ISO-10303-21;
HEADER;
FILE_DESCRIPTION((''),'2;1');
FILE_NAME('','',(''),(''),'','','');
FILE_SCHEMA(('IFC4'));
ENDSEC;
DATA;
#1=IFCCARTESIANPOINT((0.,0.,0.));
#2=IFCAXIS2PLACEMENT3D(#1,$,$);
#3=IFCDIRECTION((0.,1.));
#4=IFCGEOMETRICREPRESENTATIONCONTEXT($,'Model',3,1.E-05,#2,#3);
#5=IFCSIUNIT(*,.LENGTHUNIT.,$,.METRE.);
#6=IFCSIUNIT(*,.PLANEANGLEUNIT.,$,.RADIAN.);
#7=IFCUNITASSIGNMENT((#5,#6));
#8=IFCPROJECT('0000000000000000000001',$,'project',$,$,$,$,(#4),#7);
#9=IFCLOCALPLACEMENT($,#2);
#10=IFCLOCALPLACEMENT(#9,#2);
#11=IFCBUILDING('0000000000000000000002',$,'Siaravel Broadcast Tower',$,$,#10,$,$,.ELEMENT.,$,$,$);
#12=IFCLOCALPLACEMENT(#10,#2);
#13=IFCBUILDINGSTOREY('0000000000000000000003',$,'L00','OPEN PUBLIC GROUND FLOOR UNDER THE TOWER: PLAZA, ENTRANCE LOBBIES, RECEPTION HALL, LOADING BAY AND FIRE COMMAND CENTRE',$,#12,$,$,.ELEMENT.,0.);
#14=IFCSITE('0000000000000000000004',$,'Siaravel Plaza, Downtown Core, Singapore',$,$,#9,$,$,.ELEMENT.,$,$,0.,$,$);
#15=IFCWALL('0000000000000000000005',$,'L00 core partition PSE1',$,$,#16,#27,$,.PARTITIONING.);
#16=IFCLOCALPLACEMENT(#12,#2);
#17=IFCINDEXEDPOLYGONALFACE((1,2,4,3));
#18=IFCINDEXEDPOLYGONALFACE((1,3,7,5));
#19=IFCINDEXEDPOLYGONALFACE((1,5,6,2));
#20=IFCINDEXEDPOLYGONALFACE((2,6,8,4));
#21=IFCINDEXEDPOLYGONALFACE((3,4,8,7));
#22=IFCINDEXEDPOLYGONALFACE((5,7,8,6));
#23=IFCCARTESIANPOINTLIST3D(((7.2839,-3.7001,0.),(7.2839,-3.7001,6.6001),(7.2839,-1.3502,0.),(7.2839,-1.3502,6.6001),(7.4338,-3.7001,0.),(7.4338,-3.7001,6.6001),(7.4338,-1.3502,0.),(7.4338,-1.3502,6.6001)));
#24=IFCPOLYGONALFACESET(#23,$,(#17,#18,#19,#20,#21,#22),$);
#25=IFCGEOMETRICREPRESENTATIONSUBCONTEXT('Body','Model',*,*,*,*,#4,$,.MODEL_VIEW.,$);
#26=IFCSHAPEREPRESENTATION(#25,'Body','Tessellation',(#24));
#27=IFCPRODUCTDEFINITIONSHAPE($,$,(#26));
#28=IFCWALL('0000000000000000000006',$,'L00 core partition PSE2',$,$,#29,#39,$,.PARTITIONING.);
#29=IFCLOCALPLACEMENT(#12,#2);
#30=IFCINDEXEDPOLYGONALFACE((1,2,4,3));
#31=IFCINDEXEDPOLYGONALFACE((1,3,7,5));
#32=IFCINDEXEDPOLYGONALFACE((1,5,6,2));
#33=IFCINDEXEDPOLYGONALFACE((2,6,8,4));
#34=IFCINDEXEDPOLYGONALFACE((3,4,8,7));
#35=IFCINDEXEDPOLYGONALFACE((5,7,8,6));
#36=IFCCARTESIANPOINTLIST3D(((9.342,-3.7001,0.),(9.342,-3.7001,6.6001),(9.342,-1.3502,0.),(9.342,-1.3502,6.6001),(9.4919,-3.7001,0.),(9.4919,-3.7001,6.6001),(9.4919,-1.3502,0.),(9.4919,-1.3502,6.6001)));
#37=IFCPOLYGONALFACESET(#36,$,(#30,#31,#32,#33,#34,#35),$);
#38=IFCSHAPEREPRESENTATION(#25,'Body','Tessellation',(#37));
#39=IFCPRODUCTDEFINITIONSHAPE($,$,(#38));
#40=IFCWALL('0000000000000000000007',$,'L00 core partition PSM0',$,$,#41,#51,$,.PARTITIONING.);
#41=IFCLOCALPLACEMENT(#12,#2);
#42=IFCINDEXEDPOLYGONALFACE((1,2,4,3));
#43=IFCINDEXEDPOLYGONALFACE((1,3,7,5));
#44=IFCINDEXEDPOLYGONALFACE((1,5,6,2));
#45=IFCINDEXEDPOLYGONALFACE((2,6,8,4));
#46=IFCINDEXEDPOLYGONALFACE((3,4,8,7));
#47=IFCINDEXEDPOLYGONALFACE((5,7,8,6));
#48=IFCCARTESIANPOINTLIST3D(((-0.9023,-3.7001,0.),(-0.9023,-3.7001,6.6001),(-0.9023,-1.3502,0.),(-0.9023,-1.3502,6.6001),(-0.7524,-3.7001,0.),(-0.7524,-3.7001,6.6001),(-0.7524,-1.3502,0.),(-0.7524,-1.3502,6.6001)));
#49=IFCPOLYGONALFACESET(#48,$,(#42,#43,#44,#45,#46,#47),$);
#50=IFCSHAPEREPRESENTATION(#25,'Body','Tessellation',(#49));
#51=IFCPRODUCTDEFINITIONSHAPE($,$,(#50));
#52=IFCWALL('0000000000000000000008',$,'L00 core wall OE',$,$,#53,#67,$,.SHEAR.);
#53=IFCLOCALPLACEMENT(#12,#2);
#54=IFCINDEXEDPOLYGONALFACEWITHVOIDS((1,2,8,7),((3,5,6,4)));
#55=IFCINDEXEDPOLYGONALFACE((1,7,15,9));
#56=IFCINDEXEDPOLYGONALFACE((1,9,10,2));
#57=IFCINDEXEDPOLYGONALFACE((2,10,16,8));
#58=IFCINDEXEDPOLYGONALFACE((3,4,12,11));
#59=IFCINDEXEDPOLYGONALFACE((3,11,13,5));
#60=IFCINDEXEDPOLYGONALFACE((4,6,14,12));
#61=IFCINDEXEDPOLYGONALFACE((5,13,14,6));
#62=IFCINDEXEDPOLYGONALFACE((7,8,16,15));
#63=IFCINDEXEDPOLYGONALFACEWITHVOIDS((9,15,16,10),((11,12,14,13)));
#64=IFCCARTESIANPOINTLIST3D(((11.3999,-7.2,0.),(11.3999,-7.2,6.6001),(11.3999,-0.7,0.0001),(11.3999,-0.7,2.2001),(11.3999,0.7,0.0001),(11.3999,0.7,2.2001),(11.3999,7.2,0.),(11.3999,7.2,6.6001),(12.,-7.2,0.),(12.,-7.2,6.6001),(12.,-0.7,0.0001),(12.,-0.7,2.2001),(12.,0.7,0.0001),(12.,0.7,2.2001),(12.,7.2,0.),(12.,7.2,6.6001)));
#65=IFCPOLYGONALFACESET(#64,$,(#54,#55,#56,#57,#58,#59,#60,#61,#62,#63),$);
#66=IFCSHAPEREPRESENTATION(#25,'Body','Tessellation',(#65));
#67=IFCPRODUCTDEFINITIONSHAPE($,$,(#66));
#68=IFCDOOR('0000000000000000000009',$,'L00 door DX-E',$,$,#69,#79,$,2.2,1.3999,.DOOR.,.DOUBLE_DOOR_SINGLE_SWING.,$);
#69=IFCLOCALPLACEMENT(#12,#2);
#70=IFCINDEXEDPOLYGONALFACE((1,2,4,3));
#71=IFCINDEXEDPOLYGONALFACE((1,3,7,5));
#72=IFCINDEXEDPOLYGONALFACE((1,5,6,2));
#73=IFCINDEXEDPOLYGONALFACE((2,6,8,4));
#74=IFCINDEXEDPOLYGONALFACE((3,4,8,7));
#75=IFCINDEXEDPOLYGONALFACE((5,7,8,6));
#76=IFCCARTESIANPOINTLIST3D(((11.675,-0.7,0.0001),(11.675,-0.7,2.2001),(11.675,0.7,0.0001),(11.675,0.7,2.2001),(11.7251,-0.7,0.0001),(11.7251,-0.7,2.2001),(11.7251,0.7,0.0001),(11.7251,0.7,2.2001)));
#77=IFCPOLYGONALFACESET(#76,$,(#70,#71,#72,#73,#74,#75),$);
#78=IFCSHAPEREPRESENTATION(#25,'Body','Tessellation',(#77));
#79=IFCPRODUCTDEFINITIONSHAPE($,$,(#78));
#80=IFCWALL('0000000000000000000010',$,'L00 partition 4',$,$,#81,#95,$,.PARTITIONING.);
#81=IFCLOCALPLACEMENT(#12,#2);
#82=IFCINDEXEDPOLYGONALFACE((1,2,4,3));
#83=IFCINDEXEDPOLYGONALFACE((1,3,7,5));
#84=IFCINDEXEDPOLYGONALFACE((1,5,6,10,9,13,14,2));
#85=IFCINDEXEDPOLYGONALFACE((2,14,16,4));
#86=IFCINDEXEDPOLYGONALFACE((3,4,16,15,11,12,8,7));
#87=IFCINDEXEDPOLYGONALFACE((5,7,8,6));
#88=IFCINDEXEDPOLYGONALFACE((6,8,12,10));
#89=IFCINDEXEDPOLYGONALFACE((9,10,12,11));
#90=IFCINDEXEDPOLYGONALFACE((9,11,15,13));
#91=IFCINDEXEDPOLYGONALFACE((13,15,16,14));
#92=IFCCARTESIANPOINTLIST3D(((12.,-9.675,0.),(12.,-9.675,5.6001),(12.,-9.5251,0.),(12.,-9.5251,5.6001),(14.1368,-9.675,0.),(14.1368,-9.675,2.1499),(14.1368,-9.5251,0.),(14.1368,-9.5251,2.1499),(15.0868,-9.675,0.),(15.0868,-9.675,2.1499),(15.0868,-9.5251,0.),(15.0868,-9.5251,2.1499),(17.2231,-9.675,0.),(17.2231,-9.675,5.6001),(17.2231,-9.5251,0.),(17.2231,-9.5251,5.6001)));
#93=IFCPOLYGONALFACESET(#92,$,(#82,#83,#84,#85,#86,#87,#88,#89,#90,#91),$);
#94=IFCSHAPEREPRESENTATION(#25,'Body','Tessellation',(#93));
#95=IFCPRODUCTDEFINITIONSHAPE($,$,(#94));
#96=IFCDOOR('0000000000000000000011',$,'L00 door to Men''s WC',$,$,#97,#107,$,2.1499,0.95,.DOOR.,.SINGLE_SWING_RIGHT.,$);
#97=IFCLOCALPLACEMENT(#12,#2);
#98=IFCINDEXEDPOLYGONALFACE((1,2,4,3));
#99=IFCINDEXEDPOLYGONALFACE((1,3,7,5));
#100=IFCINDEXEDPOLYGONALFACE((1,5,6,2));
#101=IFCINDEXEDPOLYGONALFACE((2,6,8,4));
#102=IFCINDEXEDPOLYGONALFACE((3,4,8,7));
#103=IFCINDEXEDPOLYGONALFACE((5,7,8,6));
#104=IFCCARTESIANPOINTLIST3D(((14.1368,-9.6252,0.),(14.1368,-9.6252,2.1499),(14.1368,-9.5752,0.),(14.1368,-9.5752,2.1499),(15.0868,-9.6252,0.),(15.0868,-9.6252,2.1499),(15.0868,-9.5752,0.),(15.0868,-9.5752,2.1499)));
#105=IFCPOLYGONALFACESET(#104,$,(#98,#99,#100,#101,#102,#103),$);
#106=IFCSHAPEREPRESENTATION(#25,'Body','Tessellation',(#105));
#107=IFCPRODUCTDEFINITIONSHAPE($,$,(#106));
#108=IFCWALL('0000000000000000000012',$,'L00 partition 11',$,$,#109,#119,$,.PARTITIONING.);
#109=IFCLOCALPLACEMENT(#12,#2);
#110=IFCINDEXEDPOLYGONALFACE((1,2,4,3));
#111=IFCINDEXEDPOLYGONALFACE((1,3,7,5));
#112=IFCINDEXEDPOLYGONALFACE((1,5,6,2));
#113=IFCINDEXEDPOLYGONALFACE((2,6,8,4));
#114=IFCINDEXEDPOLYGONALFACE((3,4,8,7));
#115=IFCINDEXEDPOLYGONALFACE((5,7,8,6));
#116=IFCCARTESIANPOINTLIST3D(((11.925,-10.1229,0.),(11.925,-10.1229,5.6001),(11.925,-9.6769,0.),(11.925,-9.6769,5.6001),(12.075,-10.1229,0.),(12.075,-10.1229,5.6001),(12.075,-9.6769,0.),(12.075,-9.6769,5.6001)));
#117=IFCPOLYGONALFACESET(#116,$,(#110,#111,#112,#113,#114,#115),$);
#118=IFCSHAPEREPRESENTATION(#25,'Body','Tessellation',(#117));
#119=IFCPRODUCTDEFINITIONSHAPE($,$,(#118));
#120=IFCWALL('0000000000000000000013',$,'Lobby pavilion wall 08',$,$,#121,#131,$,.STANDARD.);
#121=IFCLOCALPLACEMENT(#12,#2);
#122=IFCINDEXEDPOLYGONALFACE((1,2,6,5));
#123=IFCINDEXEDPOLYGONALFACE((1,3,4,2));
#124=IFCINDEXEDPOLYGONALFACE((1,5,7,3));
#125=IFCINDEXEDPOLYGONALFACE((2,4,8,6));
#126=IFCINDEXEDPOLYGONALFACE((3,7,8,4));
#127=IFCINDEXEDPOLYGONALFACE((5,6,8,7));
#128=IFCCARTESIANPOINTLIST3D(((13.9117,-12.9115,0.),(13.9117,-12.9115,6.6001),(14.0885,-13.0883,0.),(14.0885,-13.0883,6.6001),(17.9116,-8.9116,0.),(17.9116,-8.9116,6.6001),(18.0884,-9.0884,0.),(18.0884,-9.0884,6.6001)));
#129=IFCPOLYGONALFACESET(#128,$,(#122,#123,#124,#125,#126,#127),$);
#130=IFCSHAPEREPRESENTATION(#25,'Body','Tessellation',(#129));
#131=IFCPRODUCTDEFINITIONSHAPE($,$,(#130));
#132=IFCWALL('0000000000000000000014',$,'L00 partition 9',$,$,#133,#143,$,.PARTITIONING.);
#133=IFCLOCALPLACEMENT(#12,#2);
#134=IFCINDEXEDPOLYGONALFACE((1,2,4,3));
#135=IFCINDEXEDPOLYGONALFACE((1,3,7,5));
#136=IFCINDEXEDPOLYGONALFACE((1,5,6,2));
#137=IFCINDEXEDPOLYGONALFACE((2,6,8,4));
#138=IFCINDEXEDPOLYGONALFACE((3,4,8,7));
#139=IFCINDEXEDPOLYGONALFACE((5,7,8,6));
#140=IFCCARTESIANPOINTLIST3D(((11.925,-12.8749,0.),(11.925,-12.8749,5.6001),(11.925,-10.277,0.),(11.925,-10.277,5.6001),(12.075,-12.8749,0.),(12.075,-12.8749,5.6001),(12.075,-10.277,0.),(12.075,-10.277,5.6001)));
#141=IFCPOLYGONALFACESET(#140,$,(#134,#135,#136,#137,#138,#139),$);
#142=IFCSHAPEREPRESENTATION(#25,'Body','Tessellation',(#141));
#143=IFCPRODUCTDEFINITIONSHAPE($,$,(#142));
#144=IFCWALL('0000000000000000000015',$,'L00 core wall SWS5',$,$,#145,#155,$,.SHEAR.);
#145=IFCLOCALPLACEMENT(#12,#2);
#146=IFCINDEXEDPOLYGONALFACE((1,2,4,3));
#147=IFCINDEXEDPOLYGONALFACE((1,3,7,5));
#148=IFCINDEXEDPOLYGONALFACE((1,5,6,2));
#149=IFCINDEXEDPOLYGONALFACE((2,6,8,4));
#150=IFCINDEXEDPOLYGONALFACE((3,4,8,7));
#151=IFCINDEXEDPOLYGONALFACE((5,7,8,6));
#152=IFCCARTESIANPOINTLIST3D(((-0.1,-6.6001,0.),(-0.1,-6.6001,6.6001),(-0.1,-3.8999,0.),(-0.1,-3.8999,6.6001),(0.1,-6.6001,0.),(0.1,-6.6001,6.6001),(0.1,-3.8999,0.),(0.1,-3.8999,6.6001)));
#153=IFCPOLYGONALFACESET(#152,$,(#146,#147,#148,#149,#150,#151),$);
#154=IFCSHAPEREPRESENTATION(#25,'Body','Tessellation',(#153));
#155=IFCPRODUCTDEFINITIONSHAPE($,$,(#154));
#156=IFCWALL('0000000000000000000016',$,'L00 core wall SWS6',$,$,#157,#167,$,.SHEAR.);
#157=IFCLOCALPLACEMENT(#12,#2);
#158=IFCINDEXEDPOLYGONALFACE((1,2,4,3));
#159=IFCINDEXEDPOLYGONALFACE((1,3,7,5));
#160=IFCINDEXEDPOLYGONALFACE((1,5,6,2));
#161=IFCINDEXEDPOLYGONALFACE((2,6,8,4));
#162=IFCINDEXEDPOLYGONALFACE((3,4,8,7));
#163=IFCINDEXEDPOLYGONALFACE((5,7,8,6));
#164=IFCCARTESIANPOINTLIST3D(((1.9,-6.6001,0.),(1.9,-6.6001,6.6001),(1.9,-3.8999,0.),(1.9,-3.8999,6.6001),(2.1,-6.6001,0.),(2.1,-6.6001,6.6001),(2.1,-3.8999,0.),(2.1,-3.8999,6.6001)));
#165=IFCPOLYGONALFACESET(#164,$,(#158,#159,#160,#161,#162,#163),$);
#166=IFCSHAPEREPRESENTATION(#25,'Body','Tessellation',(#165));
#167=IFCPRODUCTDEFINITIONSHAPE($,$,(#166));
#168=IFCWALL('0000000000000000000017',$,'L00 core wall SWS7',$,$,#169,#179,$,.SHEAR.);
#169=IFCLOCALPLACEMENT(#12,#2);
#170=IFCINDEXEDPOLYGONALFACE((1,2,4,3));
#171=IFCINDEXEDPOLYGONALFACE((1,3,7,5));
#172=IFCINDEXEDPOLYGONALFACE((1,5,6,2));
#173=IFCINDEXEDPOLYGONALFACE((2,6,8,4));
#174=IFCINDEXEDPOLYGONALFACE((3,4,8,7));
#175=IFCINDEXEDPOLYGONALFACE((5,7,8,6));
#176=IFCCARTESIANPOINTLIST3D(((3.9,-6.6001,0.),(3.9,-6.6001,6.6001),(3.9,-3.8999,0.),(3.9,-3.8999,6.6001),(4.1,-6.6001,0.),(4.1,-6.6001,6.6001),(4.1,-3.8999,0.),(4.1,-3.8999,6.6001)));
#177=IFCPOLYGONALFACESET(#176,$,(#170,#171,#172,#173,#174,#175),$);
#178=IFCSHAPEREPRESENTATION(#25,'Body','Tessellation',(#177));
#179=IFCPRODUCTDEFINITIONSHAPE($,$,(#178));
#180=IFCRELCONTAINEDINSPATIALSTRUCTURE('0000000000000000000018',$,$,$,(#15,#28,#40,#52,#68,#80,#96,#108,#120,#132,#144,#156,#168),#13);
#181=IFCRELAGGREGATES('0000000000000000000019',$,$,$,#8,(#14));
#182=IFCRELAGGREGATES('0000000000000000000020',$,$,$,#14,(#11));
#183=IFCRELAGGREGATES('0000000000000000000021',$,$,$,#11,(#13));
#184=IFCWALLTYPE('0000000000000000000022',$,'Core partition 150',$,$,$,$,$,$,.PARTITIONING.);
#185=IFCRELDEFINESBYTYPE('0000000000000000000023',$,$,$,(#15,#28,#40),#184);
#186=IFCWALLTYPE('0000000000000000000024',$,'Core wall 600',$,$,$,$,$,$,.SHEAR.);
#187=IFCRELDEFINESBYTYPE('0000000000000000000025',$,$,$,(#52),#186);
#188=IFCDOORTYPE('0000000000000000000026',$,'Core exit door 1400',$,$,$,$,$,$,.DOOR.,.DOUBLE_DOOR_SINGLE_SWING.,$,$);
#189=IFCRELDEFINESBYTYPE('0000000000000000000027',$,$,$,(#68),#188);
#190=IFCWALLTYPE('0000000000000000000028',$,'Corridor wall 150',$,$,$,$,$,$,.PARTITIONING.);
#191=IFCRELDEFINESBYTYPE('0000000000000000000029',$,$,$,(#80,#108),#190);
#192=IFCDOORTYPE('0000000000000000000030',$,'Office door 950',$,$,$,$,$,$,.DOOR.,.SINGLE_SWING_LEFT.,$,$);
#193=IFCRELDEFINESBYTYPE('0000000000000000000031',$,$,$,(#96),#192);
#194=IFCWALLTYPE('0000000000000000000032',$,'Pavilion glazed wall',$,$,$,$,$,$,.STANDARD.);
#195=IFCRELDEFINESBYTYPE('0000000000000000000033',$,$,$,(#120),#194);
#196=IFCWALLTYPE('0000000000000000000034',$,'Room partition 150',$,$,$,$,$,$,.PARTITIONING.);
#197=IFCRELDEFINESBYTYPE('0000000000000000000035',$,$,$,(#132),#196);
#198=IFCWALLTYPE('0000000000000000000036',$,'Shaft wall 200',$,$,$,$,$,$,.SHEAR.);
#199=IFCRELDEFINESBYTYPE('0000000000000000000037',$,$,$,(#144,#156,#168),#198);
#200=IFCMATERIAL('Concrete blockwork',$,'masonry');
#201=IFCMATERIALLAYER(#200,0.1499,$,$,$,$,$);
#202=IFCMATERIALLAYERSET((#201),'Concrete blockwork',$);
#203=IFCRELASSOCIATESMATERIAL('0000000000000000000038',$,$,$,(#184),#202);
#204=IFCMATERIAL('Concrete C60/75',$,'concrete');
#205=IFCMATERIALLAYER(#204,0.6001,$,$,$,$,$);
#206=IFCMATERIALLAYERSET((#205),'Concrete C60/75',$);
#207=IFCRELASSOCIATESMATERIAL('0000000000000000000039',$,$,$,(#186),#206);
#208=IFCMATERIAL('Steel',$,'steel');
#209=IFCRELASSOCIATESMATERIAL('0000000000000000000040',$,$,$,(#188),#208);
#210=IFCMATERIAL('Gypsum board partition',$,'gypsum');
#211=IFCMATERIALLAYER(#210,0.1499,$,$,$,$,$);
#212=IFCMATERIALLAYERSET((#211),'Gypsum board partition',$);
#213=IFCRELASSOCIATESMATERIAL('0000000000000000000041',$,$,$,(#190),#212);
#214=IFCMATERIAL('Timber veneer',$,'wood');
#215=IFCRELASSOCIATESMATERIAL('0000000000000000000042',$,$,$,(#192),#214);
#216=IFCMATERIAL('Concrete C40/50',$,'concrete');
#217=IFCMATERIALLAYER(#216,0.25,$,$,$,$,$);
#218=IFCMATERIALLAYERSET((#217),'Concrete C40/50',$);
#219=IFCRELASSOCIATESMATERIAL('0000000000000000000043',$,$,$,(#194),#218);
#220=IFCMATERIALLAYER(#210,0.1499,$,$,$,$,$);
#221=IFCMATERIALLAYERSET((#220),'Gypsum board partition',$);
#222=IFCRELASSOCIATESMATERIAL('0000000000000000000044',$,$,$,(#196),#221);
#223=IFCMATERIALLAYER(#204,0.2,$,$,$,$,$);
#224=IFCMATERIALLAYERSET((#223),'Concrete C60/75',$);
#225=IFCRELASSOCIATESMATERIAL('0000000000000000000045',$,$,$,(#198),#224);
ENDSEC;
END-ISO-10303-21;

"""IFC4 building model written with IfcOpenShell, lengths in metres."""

from ifc_helpers import new_model, si_unit, direction, frame, frame_2d, origin, place, context, subcontext, project, spatial, rectangle, extrude, material, layer, layer_set, type_object, element, fill, save


model = new_model("IFC4")

# Units and contexts
model_context = context("Model", 3, precision=1e-05, world=origin(), true_north=direction((0.0, 1.0)))
body_context = subcontext(model_context, "Body", "Model", "MODEL_VIEW")
ifc_project = project(units=[si_unit("LENGTHUNIT", "METRE"), si_unit("PLANEANGLEUNIT", "RADIAN")], contexts=[model_context])

# Site, building, storey
site_placement = place(None, origin())
site = spatial("IfcSite", under=ifc_project, at=site_placement, Name="Siaravel Plaza, Downtown Core, Singapore", CompositionType="ELEMENT", RefElevation=0.0)
building_placement = place(site_placement, origin())
building = spatial("IfcBuilding", under=site, at=building_placement, Name="Siaravel Broadcast Tower", CompositionType="ELEMENT")
storey_placement = place(building_placement, origin())
storey = spatial("IfcBuildingStorey", under=building, at=storey_placement, Name="L00", Description="OPEN PUBLIC GROUND FLOOR UNDER THE TOWER: PLAZA, ENTRANCE LOBBIES, RECEPTION HALL, LOADING BAY AND FIRE COMMAND CENTRE", CompositionType="ELEMENT", Elevation=0.0)

# Walls
ifc_material_1 = material(Name="Concrete blockwork", Category="masonry")
ifc_layer_1 = layer(ifc_material_1, 0.1499)
ifc_layer_set_1 = layer_set([ifc_layer_1], Name="Concrete blockwork")
wall_type_1 = type_object("IfcWallType", Name="Core partition 150", PredefinedType="PARTITIONING", material=ifc_layer_set_1)
for number, where, z_axis, x_axis, name in (
    (1, (7.3589, -3.7, 0.0), (0.0, 0.0, 1.0), (0.0, 1.0, 0.0), "L00 core partition PSE1"),
    (2, (9.417, -3.7, 0.0), (0.0, 0.0, 1.0), (0.0, 1.0, 0.0), "L00 core partition PSE2"),
    (3, (-0.8274, -3.7, 0.0), (0.0, 0.0, 1.0), (0.0, 1.0, 0.0), "L00 core partition PSM0"),
):
    element("IfcWall", number, at=place(storey_placement, frame(where, z_axis=z_axis, x_axis=x_axis)), inside=storey, type_object=wall_type_1, Name=name, PredefinedType="PARTITIONING", context=body_context, shape_type="SweptSolid", body=[
        extrude(rectangle(XDim=2.3499, YDim=0.1499, at=frame_2d((1.1748, 0.0))), origin(), (0.0, 0.0, 1.0), 6.6001),
    ])

# Walls, openings, doors
ifc_material_2 = material(Name="Concrete C60/75", Category="concrete")
ifc_layer_2 = layer(ifc_material_2, 0.6001)
ifc_layer_set_2 = layer_set([ifc_layer_2], Name="Concrete C60/75")
wall_type_2 = type_object("IfcWallType", Name="Core wall 600", PredefinedType="SHEAR", material=ifc_layer_set_2)
wall_1_placement = place(storey_placement, frame((11.7, -7.2, 0.0), z_axis=(0.0, 0.0, 1.0), x_axis=(0.0, 1.0, 0.0)))
wall_1 = element("IfcWall", 4, at=wall_1_placement, inside=storey, type_object=wall_type_2, Name="L00 core wall OE", PredefinedType="SHEAR", context=body_context, shape_type="SweptSolid", body=[
    extrude(rectangle(XDim=14.3999, YDim=0.6001, at=frame_2d((7.2, 0.0))), origin(), (0.0, 0.0, 1.0), 6.6001),
])
opening_1_placement = place(wall_1_placement, frame((6.5, 0.0, 0.0)))
opening_1 = element("IfcOpeningElement", 5, at=opening_1_placement, cuts=wall_1, PredefinedType="OPENING", context=body_context, shape_type="SweptSolid", body=[
    extrude(rectangle(XDim=1.3999, YDim=2.2, at=frame_2d((0.7, 1.1001))), frame((0.0, 0.3101, 0.0), z_axis=(0.0, -1.0, 0.0), x_axis=(1.0, 0.0, 0.0)), (0.0, 0.0, 1.0), 0.6201),
])
ifc_material_3 = material(Name="Steel", Category="steel")
door_type_1 = type_object("IfcDoorType", Name="Core exit door 1400", OperationType="DOUBLE_DOOR_SINGLE_SWING", PredefinedType="DOOR", material=ifc_material_3)
door_1_placement = place(opening_1_placement, origin())
door_1 = element("IfcDoor", 6, at=door_1_placement, inside=storey, type_object=door_type_1, Name="L00 door DX-E", OperationType="DOUBLE_DOOR_SINGLE_SWING", OverallHeight=2.2, OverallWidth=1.3999, PredefinedType="DOOR", context=body_context, shape_type="SweptSolid", body=[
    extrude(rectangle(XDim=1.3999, YDim=2.2, at=frame_2d((0.7, 1.1001))), frame((0.0, 0.0249, 0.0), z_axis=(0.0, -1.0, 0.0), x_axis=(1.0, 0.0, 0.0)), (0.0, 0.0, 1.0), 0.05),
])
fill(opening_1, door_1)
ifc_material_4 = material(Name="Gypsum board partition", Category="gypsum")
ifc_layer_3 = layer(ifc_material_4, 0.1499)
ifc_layer_set_3 = layer_set([ifc_layer_3], Name="Gypsum board partition")
wall_type_3 = type_object("IfcWallType", Name="Corridor wall 150", PredefinedType="PARTITIONING", material=ifc_layer_set_3)
wall_2_placement = place(storey_placement, frame((12.0, -9.6001, 0.0), z_axis=(0.0, 0.0, 1.0), x_axis=(1.0, 0.0, 0.0)))
wall_2 = element("IfcWall", 7, at=wall_2_placement, inside=storey, type_object=wall_type_3, Name="L00 partition 4", PredefinedType="PARTITIONING", context=body_context, shape_type="SweptSolid", body=[
    extrude(rectangle(XDim=5.2231, YDim=0.1499, at=frame_2d((2.6116, 0.0))), origin(), (0.0, 0.0, 1.0), 5.6001),
])
opening_2_placement = place(wall_2_placement, frame((2.1367, 0.0, 0.0)))
opening_2 = element("IfcOpeningElement", 8, at=opening_2_placement, cuts=wall_2, PredefinedType="OPENING", context=body_context, shape_type="SweptSolid", body=[
    extrude(rectangle(XDim=0.95, YDim=2.1499, at=frame_2d((0.4751, 1.075))), frame((0.0, 0.085, 0.0), z_axis=(0.0, -1.0, 0.0), x_axis=(1.0, 0.0, 0.0)), (0.0, 0.0, 1.0), 0.1699),
])
ifc_material_5 = material(Name="Timber veneer", Category="wood")
door_type_2 = type_object("IfcDoorType", Name="Office door 950", OperationType="SINGLE_SWING_LEFT", PredefinedType="DOOR", material=ifc_material_5)
door_2_placement = place(opening_2_placement, origin())
door_2 = element("IfcDoor", 9, at=door_2_placement, inside=storey, type_object=door_type_2, Name="L00 door to Men's WC", OperationType="SINGLE_SWING_RIGHT", OverallHeight=2.1499, OverallWidth=0.95, PredefinedType="DOOR", context=body_context, shape_type="SweptSolid", body=[
    extrude(rectangle(XDim=0.95, YDim=2.1499, at=frame_2d((0.4751, 1.075))), frame((0.0, 0.0249, 0.0), z_axis=(0.0, -1.0, 0.0), x_axis=(1.0, 0.0, 0.0)), (0.0, 0.0, 1.0), 0.05),
])
fill(opening_2, door_2)

# Walls
wall_3_placement = place(storey_placement, frame((12.0, -10.123, 0.0), z_axis=(0.0, 0.0, 1.0), x_axis=(0.0, 1.0, 0.0)))
element("IfcWall", 10, at=wall_3_placement, inside=storey, type_object=wall_type_3, Name="L00 partition 11", PredefinedType="PARTITIONING", context=body_context, shape_type="SweptSolid", body=[
    extrude(rectangle(XDim=0.446, YDim=0.1499, at=frame_2d((0.2231, 0.0))), origin(), (0.0, 0.0, 1.0), 5.6001),
])
ifc_material_6 = material(Name="Concrete C40/50", Category="concrete")
ifc_layer_4 = layer(ifc_material_6, 0.25)
ifc_layer_set_4 = layer_set([ifc_layer_4], Name="Concrete C40/50")
wall_type_4 = type_object("IfcWallType", Name="Pavilion glazed wall", PredefinedType="STANDARD", material=ifc_layer_set_4)
wall_4_placement = place(storey_placement, frame((18.0, -9.0, 0.0), z_axis=(0.0, 0.0, 1.0), x_axis=(-0.707107, -0.707107, 0.0)))
element("IfcWall", 11, at=wall_4_placement, inside=storey, type_object=wall_type_4, Name="Lobby pavilion wall 08", PredefinedType="STANDARD", context=body_context, shape_type="SweptSolid", body=[
    extrude(rectangle(XDim=5.6567, YDim=0.25, at=frame_2d((2.8284, 0.0))), origin(), (0.0, 0.0, 1.0), 6.6001),
])
ifc_layer_5 = layer(ifc_material_4, 0.1499)
ifc_layer_set_5 = layer_set([ifc_layer_5], Name="Gypsum board partition")
wall_type_5 = type_object("IfcWallType", Name="Room partition 150", PredefinedType="PARTITIONING", material=ifc_layer_set_5)
wall_5_placement = place(storey_placement, frame((12.0, -10.2771, 0.0), z_axis=(0.0, 0.0, 1.0), x_axis=(0.0, -1.0, 0.0)))
element("IfcWall", 12, at=wall_5_placement, inside=storey, type_object=wall_type_5, Name="L00 partition 9", PredefinedType="PARTITIONING", context=body_context, shape_type="SweptSolid", body=[
    extrude(rectangle(XDim=2.5979, YDim=0.1499, at=frame_2d((1.2988, 0.0))), origin(), (0.0, 0.0, 1.0), 5.6001),
])
ifc_layer_6 = layer(ifc_material_2, 0.2)
ifc_layer_set_6 = layer_set([ifc_layer_6], Name="Concrete C60/75")
wall_type_6 = type_object("IfcWallType", Name="Shaft wall 200", PredefinedType="SHEAR", material=ifc_layer_set_6)
for number, where, z_axis, x_axis, name in (
    (13, (0.0, -6.6001, 0.0), (0.0, 0.0, 1.0), (0.0, 1.0, 0.0), "L00 core wall SWS5"),
    (14, (2.0, -6.6001, 0.0), (0.0, 0.0, 1.0), (0.0, 1.0, 0.0), "L00 core wall SWS6"),
    (15, (4.0, -6.6001, 0.0), (0.0, 0.0, 1.0), (0.0, 1.0, 0.0), "L00 core wall SWS7"),
):
    element("IfcWall", number, at=place(storey_placement, frame(where, z_axis=z_axis, x_axis=x_axis)), inside=storey, type_object=wall_type_6, Name=name, PredefinedType="SHEAR", context=body_context, shape_type="SweptSolid", body=[
        extrude(rectangle(XDim=2.7002, YDim=0.2, at=frame_2d((1.3501, 0.0))), origin(), (0.0, 0.0, 1.0), 6.6001),
    ])

save(model, "model.ifc")
